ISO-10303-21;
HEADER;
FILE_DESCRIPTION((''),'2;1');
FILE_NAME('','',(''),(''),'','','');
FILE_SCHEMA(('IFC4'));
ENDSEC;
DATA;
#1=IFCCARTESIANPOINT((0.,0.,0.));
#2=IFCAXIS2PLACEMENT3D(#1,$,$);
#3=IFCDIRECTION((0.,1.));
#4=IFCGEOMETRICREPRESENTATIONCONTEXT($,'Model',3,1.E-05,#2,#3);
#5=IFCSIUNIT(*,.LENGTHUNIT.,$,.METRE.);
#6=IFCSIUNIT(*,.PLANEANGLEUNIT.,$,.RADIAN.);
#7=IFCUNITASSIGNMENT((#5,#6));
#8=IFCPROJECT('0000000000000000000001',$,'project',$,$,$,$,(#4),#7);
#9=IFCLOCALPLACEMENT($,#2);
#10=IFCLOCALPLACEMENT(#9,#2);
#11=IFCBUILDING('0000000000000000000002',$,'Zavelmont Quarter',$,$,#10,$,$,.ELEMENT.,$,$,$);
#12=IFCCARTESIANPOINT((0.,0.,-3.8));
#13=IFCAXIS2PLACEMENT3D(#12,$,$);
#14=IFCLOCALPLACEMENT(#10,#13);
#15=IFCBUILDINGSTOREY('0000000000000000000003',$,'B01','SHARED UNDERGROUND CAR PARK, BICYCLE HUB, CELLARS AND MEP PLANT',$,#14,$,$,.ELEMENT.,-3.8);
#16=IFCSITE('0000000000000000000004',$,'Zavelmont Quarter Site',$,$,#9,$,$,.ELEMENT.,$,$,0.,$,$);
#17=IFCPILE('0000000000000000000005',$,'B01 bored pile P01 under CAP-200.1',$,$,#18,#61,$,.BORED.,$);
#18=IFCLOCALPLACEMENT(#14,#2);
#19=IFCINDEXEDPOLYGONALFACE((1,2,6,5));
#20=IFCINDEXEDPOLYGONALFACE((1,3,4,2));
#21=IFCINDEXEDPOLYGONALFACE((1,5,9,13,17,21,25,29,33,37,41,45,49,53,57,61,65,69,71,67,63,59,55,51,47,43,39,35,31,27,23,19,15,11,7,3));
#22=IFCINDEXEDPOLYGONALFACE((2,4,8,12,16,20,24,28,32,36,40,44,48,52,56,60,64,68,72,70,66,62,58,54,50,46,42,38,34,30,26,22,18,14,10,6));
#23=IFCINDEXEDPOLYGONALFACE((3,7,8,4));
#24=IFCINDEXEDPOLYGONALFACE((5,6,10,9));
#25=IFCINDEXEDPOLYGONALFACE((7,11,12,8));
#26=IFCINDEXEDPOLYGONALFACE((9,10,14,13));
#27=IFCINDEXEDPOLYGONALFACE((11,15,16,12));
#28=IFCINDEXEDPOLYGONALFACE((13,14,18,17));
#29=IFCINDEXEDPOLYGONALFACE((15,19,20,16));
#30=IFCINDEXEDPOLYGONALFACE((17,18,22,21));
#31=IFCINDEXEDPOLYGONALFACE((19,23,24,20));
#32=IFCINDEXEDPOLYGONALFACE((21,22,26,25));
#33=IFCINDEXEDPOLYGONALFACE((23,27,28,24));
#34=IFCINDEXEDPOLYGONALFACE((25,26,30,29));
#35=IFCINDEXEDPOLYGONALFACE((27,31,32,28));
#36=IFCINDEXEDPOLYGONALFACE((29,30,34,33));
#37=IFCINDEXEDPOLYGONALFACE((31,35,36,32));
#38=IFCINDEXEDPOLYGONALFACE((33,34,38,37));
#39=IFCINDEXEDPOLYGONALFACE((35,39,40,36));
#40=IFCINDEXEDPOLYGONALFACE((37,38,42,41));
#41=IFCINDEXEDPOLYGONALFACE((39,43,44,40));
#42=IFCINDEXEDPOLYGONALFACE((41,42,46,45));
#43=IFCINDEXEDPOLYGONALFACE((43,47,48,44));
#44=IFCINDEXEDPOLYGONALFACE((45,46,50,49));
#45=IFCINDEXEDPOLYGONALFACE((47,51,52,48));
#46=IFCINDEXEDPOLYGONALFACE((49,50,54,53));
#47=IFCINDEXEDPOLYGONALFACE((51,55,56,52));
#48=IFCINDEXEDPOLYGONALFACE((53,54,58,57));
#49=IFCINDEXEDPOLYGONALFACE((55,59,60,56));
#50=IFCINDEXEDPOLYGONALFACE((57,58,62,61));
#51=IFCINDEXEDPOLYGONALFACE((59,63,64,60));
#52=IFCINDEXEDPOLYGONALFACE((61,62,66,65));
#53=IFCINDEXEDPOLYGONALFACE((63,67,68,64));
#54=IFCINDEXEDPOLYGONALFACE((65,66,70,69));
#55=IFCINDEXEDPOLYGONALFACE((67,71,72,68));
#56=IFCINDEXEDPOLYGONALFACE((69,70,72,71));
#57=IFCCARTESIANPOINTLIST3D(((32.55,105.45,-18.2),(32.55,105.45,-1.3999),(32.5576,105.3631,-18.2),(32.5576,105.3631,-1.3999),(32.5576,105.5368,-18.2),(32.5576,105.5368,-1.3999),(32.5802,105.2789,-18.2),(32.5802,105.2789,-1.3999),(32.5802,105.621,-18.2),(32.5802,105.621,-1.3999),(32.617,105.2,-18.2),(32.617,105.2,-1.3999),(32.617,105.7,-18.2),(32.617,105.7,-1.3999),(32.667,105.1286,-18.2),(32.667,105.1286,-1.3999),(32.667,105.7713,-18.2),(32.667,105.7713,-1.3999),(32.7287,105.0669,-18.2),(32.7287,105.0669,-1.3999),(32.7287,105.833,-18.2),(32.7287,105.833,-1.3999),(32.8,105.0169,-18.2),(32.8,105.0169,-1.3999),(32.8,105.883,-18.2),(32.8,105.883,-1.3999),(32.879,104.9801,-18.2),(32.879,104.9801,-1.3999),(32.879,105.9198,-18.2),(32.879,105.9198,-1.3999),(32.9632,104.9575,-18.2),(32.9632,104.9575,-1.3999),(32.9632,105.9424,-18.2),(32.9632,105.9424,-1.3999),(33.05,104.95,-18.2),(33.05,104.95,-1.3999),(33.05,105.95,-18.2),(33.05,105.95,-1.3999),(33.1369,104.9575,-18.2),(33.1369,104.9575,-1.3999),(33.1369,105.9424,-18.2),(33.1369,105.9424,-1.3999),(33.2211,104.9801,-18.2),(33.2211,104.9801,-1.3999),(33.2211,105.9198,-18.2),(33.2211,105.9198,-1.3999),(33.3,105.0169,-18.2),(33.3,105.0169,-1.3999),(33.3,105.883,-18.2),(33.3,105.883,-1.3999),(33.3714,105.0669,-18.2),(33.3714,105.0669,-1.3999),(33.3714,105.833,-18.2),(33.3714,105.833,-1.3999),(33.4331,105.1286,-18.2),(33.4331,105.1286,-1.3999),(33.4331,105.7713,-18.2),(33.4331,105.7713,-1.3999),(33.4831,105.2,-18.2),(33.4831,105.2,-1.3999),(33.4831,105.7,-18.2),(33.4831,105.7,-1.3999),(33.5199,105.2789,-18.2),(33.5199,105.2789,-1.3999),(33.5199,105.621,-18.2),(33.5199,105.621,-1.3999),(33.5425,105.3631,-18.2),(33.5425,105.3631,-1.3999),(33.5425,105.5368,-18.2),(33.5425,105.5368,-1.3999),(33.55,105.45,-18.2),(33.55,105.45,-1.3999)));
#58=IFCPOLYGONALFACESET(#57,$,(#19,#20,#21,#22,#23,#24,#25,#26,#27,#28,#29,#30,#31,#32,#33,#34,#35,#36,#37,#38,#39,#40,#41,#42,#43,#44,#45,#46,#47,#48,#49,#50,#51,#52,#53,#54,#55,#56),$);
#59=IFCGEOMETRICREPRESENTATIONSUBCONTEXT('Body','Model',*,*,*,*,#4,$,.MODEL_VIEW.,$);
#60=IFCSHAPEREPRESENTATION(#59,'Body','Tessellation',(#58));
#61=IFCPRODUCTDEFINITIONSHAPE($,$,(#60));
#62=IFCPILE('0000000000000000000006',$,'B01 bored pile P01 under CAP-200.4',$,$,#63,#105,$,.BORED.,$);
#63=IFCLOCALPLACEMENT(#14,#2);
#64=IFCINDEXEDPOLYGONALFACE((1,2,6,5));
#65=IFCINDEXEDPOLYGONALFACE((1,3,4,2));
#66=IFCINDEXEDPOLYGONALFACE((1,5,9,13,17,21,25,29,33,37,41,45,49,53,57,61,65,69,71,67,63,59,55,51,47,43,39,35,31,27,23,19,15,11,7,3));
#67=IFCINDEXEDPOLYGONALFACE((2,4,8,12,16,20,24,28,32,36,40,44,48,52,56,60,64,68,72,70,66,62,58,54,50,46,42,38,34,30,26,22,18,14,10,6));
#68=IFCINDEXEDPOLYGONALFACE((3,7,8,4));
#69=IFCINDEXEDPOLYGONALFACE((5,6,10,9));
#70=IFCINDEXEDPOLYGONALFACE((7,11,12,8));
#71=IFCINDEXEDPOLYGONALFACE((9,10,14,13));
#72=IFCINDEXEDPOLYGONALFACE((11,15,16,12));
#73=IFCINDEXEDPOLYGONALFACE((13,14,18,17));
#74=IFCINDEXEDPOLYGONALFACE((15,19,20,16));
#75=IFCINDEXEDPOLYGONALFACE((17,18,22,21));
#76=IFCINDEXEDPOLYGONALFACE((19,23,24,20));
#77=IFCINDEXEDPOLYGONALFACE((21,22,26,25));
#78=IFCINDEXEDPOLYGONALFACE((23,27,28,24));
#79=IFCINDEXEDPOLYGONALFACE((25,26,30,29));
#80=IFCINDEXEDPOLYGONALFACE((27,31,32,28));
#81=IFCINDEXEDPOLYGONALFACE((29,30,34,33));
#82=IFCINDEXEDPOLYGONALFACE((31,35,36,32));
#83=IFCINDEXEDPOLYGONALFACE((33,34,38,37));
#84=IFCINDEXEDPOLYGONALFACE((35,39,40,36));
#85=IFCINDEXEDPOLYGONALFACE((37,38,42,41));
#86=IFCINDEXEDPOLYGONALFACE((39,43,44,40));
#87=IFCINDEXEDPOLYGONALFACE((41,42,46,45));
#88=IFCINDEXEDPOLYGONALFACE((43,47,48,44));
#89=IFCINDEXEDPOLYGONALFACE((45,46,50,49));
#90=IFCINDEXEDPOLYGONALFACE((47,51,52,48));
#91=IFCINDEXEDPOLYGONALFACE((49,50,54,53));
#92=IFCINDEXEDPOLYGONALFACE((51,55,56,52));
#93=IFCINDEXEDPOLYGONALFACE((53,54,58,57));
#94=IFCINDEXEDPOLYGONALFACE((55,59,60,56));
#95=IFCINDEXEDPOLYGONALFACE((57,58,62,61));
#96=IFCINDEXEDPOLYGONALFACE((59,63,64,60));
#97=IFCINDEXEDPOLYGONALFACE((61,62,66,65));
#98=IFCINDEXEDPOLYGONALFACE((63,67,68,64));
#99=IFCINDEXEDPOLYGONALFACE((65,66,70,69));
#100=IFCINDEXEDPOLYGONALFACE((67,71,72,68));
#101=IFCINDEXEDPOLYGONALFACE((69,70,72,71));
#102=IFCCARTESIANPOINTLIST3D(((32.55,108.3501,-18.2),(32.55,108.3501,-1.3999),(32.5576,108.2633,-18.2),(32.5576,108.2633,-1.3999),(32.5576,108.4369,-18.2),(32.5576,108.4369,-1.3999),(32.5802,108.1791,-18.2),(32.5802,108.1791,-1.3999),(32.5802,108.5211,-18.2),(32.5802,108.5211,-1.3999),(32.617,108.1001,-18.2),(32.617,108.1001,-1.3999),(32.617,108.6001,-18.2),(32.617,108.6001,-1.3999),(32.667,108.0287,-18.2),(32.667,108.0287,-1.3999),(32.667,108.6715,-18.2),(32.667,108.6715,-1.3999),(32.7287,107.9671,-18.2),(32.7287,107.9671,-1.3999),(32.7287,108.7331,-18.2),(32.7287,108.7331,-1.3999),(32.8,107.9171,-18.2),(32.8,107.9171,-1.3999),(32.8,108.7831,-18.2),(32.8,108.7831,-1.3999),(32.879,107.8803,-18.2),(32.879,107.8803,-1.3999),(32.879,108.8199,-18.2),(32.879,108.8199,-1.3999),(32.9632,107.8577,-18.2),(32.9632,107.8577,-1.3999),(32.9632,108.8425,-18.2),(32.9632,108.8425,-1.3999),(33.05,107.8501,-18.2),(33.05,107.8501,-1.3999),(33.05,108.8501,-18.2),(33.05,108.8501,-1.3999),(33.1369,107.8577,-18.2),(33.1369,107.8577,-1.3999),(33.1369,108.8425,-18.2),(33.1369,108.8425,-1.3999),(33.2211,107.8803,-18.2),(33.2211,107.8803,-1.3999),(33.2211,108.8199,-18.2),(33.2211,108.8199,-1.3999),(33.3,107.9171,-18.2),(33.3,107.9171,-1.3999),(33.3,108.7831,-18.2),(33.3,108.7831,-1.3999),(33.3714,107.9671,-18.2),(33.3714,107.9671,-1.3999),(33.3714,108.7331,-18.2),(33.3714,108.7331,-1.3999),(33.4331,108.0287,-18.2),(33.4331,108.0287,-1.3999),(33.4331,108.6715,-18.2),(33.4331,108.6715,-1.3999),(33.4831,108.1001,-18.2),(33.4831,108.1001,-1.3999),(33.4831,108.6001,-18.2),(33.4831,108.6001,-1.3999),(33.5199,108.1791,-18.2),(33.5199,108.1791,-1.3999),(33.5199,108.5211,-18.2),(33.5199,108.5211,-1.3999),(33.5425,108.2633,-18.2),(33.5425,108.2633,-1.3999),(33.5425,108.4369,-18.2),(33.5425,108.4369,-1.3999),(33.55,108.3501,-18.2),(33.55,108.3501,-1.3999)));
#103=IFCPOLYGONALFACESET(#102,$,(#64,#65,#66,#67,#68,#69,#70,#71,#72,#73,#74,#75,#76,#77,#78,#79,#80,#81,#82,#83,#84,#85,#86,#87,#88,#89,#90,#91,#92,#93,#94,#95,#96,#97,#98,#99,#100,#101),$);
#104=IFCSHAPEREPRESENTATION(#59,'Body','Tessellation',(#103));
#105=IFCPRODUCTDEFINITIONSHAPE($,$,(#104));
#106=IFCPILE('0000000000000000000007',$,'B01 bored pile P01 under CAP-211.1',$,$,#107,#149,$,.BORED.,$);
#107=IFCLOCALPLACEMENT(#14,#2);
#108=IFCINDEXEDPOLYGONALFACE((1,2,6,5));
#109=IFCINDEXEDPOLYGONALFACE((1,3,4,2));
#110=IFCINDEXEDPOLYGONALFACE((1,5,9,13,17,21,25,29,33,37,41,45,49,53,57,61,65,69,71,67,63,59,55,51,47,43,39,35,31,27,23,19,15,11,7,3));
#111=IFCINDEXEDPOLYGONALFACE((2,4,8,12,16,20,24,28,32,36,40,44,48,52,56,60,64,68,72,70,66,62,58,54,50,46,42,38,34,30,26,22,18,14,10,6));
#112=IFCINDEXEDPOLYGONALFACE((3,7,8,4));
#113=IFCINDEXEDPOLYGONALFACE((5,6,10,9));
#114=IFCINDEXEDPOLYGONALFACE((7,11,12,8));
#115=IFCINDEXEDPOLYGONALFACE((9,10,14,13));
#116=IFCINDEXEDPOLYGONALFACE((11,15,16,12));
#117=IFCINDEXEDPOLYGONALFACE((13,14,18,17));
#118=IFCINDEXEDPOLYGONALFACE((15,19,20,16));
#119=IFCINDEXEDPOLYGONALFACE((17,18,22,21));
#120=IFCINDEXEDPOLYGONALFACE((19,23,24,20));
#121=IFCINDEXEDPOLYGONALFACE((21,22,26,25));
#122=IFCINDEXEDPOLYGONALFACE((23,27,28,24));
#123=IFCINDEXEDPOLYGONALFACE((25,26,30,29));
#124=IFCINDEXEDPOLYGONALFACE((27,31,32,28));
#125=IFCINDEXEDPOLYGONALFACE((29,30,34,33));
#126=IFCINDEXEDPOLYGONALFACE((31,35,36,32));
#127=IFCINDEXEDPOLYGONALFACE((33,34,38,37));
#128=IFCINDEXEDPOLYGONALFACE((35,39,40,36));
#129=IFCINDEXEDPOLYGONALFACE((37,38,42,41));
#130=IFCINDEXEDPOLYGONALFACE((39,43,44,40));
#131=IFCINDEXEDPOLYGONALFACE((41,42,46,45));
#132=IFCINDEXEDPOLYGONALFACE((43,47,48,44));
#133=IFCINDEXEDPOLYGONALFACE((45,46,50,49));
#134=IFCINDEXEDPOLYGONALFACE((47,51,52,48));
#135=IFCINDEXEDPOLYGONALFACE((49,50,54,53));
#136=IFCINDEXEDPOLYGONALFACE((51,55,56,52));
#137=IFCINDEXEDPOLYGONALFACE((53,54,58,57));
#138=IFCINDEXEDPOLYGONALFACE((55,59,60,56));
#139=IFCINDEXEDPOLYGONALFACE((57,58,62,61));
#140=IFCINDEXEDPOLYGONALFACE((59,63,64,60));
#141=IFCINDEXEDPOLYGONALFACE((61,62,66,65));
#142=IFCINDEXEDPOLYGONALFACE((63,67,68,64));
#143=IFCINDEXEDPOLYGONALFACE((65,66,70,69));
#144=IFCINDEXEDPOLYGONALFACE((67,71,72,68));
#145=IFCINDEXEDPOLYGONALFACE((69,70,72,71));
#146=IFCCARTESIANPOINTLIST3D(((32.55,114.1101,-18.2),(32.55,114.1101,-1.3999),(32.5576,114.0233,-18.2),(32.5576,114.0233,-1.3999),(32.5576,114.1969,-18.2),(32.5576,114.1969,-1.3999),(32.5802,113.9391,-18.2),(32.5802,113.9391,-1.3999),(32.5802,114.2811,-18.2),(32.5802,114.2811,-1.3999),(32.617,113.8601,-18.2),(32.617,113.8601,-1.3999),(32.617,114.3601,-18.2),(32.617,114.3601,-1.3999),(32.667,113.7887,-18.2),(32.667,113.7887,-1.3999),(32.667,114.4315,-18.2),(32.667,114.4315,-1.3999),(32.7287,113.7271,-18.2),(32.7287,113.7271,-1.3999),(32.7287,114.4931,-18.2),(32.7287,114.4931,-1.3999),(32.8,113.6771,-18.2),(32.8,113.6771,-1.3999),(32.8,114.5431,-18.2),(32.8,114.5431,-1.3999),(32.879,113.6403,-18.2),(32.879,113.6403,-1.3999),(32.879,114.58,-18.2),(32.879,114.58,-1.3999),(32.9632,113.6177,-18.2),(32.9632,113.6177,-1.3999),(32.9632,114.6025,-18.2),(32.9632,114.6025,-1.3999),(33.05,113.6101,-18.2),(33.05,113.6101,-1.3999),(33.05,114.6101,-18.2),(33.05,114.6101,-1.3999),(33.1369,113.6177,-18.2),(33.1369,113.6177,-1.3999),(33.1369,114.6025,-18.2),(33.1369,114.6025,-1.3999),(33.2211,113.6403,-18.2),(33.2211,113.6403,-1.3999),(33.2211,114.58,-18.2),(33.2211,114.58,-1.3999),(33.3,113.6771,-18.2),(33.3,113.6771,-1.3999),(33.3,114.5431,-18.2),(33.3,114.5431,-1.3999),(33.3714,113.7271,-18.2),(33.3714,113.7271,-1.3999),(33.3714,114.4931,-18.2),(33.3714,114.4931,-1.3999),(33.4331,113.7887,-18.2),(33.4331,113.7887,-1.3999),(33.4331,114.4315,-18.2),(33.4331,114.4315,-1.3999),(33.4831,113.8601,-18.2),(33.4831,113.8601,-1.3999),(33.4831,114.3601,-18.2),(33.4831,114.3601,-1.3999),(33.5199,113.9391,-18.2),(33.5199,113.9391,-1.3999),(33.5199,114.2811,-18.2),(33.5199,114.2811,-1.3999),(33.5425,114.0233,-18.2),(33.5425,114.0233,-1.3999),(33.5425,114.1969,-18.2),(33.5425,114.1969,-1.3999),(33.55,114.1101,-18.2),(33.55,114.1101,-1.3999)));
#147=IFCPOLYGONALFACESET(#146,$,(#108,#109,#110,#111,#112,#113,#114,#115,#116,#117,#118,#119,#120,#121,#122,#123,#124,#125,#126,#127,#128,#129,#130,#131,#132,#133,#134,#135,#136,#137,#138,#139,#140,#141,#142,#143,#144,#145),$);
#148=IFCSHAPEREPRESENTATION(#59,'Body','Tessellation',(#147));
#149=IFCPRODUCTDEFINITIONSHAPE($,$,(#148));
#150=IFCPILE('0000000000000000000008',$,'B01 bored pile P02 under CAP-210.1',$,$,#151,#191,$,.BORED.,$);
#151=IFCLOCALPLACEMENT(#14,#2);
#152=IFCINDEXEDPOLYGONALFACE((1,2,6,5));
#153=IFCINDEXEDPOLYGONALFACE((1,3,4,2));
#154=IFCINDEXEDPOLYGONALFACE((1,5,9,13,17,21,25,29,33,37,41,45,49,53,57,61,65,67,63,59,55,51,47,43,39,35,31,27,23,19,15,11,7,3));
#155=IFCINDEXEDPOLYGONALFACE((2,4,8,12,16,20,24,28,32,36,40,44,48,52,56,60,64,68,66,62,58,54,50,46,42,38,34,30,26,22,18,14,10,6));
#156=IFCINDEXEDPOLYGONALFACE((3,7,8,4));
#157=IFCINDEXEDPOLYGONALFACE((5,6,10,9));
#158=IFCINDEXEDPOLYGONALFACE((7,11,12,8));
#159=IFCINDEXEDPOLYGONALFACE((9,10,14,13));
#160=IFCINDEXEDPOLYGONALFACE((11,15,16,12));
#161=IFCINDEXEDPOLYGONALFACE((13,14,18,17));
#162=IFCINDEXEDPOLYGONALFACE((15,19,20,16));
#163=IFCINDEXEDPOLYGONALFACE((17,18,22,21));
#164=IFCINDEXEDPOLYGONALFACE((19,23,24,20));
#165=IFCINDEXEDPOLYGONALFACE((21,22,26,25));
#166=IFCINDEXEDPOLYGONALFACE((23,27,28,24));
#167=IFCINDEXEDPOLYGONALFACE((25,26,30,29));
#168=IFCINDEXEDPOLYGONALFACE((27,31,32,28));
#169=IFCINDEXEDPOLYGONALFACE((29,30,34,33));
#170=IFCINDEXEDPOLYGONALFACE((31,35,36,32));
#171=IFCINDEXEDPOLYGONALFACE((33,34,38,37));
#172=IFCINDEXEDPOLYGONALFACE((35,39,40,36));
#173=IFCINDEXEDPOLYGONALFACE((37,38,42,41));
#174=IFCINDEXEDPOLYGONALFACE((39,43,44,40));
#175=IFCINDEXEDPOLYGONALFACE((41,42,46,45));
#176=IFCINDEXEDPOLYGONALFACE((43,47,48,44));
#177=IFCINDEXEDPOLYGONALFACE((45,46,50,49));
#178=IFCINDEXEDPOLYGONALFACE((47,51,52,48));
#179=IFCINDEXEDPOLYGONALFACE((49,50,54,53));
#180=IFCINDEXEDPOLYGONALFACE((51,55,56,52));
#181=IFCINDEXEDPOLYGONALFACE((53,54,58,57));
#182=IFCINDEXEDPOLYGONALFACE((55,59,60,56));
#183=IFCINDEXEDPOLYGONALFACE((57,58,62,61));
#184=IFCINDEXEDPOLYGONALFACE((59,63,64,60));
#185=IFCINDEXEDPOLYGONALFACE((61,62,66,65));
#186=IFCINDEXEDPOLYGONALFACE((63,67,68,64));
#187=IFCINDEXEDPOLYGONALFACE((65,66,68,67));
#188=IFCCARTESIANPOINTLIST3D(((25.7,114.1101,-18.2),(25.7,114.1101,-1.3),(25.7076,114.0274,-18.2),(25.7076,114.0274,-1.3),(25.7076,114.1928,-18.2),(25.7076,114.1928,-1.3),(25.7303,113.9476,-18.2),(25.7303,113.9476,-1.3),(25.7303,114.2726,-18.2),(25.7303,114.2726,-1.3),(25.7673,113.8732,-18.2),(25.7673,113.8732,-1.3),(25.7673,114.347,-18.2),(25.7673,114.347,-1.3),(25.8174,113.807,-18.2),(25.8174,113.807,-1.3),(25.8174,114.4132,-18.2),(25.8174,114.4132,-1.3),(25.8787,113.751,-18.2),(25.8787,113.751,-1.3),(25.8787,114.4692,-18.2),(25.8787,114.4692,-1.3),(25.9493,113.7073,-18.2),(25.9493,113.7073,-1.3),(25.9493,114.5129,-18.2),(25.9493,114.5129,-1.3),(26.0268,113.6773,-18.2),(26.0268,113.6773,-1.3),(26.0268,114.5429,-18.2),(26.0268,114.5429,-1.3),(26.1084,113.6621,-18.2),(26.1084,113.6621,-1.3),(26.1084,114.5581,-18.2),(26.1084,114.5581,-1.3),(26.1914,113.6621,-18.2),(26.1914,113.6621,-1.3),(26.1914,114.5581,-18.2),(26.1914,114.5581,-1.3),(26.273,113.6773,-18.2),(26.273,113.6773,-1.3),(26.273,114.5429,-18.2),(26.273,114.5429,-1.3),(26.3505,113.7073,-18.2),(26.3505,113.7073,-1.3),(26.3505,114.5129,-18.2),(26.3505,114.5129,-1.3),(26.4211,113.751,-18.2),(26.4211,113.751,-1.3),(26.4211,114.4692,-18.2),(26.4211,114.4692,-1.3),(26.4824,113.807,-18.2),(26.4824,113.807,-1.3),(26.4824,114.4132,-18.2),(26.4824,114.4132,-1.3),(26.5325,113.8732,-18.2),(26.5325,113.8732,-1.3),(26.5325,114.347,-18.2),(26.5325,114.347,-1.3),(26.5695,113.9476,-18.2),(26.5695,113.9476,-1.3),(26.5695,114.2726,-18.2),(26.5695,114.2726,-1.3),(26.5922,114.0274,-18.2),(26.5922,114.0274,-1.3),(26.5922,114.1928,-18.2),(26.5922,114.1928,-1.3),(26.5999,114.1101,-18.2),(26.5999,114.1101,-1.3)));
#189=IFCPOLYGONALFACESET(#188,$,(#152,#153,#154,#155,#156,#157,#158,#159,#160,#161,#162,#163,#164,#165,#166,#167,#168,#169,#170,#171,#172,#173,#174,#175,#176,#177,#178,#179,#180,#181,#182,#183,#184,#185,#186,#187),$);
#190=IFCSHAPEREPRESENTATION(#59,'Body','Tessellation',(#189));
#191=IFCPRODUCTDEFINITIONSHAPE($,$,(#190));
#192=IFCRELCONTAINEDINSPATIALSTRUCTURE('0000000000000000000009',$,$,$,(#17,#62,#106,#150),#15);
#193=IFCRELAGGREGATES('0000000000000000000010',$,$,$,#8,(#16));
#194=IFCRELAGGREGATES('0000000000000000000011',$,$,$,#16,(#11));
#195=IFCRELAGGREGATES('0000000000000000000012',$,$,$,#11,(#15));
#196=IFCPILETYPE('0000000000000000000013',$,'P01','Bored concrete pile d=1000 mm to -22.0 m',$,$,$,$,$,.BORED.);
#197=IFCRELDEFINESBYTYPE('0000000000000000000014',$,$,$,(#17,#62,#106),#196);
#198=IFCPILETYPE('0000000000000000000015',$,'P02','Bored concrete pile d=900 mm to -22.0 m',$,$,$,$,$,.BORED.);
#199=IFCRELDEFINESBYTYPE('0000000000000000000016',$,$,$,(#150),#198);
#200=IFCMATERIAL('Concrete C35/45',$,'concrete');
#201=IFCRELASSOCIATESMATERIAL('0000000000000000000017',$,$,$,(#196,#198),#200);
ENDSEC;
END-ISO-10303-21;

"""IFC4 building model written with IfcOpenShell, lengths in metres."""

from ifc_helpers import new_model, si_unit, direction, frame, origin, origin_2d, place, context, subcontext, project, spatial, circle, extrude, material, material_profile, profile_set, type_object, element, save


model = new_model("IFC4")

# Units and contexts
model_context = context("Model", 3, precision=1e-05, world=origin(), true_north=direction((0.0, 1.0)))
body_context = subcontext(model_context, "Body", "Model", "MODEL_VIEW")
ifc_project = project(units=[si_unit("LENGTHUNIT", "METRE"), si_unit("PLANEANGLEUNIT", "RADIAN")], contexts=[model_context])

# Site, building, storey
site_placement = place(None, origin())
site = spatial("IfcSite", under=ifc_project, at=site_placement, Name="Zavelmont Quarter Site", CompositionType="ELEMENT", RefElevation=0.0)
building_placement = place(site_placement, origin())
building = spatial("IfcBuilding", under=site, at=building_placement, Name="Zavelmont Quarter", CompositionType="ELEMENT")
storey_placement = place(building_placement, frame((0.0, 0.0, -3.8)))
storey = spatial("IfcBuildingStorey", under=building, at=storey_placement, Name="B01", Description="SHARED UNDERGROUND CAR PARK, BICYCLE HUB, CELLARS AND MEP PLANT", CompositionType="ELEMENT", Elevation=-3.8)

# Shared definitions
ifc_material_1 = material(Name="Concrete C35/45", Category="concrete")

# Piles
ifc_material_profile_1 = material_profile(ifc_material_1, circle(Radius=0.5, at=origin_2d()), Name="BP1000")
ifc_profile_set_1 = profile_set([ifc_material_profile_1], Name="Concrete C35/45")
pile_type_1 = type_object("IfcPileType", Name="P01", Description="Bored concrete pile d=1000 mm to -22.0 m", PredefinedType="BORED", material=ifc_profile_set_1)
for number, where, z_axis, x_axis, name in (
    (1, (33.05, 105.45, -1.3999), (0.0, 0.0, -1.0), (1.0, 0.0, 0.0), "B01 bored pile P01 under CAP-200.1"),
    (2, (33.05, 108.3501, -1.3999), (0.0, 0.0, -1.0), (1.0, 0.0, 0.0), "B01 bored pile P01 under CAP-200.4"),
    (3, (33.05, 114.1101, -1.3999), (0.0, 0.0, -1.0), (1.0, 0.0, 0.0), "B01 bored pile P01 under CAP-211.1"),
):
    element("IfcPile", number, at=place(storey_placement, frame(where, z_axis=z_axis, x_axis=x_axis)), inside=storey, type_object=pile_type_1, Name=name, PredefinedType="BORED", context=body_context, shape_type="SweptSolid", body=[
        extrude(circle(Radius=0.5, at=origin_2d()), origin(), (0.0, 0.0, 1.0), 16.8),
    ])
ifc_material_profile_2 = material_profile(ifc_material_1, circle(Radius=0.45, at=origin_2d()), Name="BP900")
ifc_profile_set_2 = profile_set([ifc_material_profile_2], Name="Concrete C35/45")
pile_type_2 = type_object("IfcPileType", Name="P02", Description="Bored concrete pile d=900 mm to -22.0 m", PredefinedType="BORED", material=ifc_profile_set_2)
for number, where, z_axis, x_axis, name in (
    (4, (26.1499, 114.1101, -1.3), (0.0, 0.0, -1.0), (1.0, 0.0, 0.0), "B01 bored pile P02 under CAP-210.1"),
):
    element("IfcPile", number, at=place(storey_placement, frame(where, z_axis=z_axis, x_axis=x_axis)), inside=storey, type_object=pile_type_2, Name=name, PredefinedType="BORED", context=body_context, shape_type="SweptSolid", body=[
        extrude(circle(Radius=0.45, at=origin_2d()), origin(), (0.0, 0.0, 1.0), 16.8999),
    ])

save(model, "model.ifc")
